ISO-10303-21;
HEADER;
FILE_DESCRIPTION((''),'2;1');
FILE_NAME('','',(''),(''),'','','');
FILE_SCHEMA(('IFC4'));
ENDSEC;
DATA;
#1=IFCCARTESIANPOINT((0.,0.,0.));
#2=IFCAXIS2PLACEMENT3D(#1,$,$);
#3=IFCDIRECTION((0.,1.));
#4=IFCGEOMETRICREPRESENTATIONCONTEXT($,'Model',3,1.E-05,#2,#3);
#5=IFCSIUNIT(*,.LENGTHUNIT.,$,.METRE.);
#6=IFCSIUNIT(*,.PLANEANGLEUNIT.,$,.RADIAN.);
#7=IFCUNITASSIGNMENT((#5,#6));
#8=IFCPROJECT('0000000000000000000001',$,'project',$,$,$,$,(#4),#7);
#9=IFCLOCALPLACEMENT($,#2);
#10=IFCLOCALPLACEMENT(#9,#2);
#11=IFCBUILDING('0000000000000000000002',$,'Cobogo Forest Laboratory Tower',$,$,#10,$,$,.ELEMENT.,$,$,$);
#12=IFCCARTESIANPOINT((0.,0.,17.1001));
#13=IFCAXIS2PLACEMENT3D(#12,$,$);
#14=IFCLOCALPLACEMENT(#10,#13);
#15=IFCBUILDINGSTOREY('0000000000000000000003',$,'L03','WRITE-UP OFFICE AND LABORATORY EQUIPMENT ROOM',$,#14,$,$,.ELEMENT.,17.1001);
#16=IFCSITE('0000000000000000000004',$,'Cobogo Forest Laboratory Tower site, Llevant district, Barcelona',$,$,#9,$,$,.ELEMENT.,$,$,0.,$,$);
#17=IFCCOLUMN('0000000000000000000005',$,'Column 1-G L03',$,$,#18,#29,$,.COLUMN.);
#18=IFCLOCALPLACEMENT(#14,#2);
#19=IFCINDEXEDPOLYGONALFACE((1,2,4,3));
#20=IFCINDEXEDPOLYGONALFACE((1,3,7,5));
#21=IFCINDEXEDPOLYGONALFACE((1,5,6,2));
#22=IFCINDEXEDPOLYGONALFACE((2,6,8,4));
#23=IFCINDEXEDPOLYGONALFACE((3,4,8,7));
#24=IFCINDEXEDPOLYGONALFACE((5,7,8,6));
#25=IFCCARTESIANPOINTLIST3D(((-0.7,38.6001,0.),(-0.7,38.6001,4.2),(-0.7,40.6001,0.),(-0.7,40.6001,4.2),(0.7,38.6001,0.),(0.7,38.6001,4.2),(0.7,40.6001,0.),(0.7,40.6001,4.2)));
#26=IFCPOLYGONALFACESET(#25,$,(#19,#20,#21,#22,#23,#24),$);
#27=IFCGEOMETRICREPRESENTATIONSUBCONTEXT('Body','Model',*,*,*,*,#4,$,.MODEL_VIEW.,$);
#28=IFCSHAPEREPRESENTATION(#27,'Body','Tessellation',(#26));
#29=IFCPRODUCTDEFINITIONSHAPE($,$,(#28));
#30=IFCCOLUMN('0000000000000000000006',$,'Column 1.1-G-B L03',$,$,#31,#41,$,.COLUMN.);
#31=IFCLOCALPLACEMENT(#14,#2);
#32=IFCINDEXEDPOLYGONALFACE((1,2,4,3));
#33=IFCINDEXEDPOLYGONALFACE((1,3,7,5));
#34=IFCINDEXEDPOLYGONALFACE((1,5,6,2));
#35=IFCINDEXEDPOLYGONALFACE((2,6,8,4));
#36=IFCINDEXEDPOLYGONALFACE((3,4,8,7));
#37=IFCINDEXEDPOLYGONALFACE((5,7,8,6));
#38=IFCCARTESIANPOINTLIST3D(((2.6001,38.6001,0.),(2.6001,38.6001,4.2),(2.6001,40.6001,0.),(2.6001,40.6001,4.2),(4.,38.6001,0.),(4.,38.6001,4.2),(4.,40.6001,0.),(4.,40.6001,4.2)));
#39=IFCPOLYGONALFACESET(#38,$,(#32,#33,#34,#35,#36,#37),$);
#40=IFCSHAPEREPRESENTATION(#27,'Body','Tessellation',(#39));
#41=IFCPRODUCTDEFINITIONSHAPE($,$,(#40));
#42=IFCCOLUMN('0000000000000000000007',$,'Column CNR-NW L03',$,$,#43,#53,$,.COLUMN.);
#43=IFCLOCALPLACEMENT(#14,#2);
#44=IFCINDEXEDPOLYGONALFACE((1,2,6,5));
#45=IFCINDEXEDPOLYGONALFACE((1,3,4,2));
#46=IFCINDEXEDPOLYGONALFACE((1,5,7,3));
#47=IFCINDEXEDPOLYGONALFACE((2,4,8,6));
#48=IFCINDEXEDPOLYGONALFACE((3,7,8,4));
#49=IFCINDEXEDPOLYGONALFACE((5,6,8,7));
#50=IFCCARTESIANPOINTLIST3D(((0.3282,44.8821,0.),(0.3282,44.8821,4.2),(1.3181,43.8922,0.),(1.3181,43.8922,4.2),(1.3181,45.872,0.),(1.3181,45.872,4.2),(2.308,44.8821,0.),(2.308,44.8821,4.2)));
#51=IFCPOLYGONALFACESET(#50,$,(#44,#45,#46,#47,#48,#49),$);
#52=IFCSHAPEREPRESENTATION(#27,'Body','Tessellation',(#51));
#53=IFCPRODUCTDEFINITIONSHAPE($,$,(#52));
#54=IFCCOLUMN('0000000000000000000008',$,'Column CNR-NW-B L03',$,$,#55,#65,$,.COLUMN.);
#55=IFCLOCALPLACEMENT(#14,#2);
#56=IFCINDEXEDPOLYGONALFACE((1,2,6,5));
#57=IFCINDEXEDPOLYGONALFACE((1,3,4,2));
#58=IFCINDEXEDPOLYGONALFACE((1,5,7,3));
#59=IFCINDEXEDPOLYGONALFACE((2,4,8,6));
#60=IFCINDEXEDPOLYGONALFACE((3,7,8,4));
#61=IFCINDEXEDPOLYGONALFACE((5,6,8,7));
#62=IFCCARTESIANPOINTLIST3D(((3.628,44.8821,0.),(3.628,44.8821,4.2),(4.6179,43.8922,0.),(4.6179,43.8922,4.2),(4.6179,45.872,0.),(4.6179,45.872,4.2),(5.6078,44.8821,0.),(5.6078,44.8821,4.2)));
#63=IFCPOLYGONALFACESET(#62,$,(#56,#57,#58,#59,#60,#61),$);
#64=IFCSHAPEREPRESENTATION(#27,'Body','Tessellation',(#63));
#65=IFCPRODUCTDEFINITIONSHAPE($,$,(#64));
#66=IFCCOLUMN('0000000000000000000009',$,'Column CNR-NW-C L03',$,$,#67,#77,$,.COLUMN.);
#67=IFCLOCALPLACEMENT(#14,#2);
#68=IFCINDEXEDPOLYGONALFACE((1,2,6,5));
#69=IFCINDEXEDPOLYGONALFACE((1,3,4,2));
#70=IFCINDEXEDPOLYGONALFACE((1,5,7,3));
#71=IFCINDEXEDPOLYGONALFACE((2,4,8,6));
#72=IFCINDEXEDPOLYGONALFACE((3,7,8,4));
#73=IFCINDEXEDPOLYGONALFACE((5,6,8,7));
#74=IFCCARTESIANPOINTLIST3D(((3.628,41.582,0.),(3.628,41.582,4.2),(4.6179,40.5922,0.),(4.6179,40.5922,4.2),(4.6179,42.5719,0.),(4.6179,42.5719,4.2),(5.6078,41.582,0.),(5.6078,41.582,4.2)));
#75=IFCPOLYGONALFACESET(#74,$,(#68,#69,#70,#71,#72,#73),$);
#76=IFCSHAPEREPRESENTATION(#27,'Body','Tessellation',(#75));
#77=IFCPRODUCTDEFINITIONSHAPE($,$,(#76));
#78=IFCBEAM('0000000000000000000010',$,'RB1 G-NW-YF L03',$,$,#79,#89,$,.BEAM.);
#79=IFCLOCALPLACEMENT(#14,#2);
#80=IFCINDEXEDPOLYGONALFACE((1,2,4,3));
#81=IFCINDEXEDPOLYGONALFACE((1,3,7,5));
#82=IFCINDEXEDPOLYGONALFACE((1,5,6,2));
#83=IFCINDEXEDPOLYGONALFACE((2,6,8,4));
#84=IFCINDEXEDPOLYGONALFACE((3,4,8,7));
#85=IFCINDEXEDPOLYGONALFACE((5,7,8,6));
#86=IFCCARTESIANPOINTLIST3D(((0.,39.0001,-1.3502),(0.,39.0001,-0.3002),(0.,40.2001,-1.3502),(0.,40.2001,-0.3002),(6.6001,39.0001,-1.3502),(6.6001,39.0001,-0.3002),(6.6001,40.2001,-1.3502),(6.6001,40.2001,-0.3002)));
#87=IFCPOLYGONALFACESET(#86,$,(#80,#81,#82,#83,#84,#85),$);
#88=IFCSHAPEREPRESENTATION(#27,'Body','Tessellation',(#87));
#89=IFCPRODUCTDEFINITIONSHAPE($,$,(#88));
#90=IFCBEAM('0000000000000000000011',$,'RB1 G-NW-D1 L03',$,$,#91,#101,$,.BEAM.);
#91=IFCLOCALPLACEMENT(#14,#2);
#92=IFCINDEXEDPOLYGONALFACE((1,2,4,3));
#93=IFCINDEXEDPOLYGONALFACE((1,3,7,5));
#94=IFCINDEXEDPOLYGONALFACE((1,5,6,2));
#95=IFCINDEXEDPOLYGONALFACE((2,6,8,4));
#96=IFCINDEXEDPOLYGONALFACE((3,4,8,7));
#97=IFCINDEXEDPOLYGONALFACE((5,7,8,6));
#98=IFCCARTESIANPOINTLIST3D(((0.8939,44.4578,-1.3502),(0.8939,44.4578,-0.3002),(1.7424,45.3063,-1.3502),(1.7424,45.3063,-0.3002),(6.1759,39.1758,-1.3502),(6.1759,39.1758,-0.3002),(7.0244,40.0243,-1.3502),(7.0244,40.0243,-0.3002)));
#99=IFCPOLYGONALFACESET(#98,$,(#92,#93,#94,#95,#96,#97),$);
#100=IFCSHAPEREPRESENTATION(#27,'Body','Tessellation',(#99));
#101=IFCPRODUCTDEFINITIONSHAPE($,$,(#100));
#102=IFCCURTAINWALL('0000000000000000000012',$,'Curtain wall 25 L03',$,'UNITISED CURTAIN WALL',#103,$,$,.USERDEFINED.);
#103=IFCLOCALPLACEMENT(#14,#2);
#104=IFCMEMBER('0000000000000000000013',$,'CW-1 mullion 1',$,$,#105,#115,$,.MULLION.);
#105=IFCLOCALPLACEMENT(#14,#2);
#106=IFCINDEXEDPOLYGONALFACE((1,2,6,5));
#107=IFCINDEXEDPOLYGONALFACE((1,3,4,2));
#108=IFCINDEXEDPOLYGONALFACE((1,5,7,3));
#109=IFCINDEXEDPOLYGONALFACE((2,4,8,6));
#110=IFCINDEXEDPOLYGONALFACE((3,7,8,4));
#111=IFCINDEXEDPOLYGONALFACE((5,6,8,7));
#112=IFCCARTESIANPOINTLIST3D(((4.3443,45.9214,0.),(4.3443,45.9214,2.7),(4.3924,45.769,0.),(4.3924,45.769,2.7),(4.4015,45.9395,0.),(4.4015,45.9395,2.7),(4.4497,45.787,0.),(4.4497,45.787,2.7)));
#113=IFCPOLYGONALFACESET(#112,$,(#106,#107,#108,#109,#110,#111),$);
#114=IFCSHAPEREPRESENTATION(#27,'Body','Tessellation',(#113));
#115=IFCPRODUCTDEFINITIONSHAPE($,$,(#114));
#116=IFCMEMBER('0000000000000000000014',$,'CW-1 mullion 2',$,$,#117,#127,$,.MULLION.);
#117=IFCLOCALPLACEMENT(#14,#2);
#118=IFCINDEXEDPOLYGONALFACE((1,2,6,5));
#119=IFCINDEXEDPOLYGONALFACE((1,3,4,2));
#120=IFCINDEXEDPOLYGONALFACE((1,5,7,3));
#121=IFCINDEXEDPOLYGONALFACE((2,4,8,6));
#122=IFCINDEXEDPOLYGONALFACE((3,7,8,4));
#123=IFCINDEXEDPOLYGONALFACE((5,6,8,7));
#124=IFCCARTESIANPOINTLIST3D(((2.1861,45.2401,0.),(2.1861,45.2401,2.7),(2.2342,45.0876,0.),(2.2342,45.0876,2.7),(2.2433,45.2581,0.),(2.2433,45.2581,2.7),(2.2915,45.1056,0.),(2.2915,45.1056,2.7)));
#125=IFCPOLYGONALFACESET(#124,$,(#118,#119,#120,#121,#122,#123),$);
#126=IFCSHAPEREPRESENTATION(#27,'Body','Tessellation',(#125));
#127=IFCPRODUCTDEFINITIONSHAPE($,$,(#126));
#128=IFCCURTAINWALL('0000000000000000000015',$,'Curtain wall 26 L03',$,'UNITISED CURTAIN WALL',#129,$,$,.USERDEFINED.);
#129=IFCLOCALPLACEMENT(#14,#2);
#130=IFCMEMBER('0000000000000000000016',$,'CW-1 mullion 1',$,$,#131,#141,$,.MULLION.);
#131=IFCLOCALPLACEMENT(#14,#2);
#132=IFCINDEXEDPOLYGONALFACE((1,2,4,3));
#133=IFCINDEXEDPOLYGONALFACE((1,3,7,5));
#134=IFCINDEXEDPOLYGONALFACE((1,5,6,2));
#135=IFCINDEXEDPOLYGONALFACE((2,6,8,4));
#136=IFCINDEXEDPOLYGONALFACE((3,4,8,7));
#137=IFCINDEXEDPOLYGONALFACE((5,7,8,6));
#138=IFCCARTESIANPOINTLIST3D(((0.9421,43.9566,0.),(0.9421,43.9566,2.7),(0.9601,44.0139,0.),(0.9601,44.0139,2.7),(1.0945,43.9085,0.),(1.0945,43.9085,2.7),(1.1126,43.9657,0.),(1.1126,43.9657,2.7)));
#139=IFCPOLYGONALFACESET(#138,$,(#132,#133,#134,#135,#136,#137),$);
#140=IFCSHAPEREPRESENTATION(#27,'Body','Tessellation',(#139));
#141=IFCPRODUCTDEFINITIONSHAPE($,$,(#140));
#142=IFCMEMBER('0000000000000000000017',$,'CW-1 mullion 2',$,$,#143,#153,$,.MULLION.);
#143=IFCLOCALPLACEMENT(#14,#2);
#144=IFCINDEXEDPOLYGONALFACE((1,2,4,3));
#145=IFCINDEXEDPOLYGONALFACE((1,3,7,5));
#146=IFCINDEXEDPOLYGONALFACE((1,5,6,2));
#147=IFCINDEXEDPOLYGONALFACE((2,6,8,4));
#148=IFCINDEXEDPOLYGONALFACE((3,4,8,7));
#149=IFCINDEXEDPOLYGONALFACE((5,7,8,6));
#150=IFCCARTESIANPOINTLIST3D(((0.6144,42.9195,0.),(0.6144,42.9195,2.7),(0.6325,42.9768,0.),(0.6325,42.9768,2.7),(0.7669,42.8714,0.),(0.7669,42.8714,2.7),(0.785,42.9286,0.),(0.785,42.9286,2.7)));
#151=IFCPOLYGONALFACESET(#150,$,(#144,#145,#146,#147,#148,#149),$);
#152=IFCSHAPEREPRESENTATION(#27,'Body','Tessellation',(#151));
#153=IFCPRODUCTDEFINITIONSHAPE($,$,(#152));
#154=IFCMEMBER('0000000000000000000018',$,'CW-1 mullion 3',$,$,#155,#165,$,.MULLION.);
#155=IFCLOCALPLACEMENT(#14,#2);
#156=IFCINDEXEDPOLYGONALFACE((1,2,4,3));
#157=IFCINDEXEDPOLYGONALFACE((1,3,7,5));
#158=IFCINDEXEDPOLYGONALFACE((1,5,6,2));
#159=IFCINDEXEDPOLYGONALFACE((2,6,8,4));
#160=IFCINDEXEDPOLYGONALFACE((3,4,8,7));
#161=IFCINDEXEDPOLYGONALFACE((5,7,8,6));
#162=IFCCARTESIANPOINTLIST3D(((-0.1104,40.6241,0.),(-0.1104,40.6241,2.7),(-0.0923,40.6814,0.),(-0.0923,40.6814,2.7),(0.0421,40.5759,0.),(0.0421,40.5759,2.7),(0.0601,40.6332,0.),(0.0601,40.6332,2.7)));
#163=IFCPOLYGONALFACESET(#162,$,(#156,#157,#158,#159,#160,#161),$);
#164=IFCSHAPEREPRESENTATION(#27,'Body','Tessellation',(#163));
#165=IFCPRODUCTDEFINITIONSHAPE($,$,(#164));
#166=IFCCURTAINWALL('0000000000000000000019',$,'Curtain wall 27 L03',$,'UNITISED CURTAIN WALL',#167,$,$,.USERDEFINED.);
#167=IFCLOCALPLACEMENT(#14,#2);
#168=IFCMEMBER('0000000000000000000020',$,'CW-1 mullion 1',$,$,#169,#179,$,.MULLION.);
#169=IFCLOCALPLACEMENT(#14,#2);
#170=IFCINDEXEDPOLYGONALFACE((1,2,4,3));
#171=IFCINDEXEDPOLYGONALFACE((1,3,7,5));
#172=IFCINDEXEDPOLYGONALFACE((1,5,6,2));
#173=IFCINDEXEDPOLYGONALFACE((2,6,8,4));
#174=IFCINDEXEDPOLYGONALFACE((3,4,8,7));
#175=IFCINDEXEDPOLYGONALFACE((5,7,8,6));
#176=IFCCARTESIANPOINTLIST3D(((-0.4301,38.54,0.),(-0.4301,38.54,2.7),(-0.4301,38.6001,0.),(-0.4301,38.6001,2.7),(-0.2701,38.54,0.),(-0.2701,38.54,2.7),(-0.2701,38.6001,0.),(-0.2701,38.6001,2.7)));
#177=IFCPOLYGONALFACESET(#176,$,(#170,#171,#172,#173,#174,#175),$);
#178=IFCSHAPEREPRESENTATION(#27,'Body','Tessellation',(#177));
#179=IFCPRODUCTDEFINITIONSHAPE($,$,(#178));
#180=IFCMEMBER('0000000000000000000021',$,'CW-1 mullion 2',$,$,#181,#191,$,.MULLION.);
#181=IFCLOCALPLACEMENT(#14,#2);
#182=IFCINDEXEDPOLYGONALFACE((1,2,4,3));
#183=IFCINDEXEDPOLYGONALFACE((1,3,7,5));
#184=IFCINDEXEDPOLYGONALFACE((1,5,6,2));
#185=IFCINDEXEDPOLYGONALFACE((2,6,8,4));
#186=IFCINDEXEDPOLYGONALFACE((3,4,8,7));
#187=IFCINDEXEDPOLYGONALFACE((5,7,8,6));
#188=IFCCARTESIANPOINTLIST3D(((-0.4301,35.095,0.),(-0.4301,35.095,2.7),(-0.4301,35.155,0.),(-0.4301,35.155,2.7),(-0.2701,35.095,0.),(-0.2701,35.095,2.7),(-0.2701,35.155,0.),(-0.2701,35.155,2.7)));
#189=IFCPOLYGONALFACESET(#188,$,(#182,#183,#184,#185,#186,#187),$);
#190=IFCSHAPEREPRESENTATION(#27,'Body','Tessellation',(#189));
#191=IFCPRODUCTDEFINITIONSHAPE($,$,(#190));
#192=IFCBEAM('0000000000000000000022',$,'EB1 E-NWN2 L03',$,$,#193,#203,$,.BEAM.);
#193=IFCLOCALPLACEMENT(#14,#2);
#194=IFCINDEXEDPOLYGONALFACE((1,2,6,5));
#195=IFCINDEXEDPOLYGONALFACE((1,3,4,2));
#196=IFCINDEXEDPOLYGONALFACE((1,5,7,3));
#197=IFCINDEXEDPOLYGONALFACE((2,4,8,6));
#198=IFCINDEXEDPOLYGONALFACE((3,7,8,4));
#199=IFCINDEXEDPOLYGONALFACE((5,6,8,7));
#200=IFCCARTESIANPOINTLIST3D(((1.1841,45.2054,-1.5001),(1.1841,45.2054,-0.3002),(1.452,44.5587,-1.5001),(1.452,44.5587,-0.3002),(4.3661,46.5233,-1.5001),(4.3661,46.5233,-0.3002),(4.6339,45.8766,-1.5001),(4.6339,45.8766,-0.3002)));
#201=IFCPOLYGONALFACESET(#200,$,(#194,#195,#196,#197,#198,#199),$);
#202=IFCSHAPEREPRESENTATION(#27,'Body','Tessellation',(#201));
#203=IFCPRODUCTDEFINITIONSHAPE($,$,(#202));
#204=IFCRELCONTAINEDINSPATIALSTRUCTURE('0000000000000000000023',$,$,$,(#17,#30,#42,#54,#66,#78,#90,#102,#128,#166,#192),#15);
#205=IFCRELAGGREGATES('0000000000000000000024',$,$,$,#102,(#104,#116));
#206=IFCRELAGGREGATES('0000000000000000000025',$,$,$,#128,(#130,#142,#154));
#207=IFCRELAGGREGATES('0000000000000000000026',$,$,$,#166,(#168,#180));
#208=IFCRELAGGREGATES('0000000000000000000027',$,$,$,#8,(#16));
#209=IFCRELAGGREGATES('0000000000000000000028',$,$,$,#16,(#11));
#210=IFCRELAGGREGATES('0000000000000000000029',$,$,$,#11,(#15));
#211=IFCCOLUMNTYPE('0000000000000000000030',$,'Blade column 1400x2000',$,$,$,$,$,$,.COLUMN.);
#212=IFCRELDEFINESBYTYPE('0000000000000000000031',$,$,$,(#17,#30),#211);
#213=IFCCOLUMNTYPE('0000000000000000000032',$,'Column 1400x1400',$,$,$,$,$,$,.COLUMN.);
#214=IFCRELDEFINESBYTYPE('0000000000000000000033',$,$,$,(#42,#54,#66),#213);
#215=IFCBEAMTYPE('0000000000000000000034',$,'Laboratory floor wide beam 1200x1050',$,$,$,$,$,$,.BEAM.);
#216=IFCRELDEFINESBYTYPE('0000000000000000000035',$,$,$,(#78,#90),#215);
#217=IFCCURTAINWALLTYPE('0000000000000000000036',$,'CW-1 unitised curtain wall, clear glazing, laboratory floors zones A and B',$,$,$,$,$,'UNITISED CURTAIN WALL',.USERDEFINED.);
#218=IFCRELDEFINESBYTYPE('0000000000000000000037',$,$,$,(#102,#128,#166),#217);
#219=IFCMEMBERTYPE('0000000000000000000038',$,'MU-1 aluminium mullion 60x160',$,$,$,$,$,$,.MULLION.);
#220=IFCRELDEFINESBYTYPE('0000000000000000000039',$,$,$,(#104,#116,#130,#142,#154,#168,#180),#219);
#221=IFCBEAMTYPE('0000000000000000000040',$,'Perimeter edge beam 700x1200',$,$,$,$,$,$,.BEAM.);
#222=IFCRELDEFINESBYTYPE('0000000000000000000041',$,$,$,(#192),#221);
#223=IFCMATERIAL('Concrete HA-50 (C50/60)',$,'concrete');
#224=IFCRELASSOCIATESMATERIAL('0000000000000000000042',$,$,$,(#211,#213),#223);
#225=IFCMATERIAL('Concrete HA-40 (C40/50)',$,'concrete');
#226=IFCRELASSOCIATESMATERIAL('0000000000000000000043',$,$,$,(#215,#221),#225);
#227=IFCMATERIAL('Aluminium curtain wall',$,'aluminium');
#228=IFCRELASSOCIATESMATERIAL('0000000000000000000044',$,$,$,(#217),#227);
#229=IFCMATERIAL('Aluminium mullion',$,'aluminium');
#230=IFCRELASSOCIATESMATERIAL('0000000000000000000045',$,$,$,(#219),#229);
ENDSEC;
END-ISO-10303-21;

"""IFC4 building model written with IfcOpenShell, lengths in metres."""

from ifc_helpers import new_model, si_unit, direction, frame, origin, origin_2d, place, context, subcontext, project, spatial, rectangle, extrude, material, material_profile, profile_set, type_object, element, aggregate, save


model = new_model("IFC4")

# Units and contexts
model_context = context("Model", 3, precision=1e-05, world=origin(), true_north=direction((0.0, 1.0)))
body_context = subcontext(model_context, "Body", "Model", "MODEL_VIEW")
ifc_project = project(units=[si_unit("LENGTHUNIT", "METRE"), si_unit("PLANEANGLEUNIT", "RADIAN")], contexts=[model_context])

# Site, building, storey
site_placement = place(None, origin())
site = spatial("IfcSite", under=ifc_project, at=site_placement, Name="Cobogo Forest Laboratory Tower site, Llevant district, Barcelona", CompositionType="ELEMENT", RefElevation=0.0)
building_placement = place(site_placement, origin())
building = spatial("IfcBuilding", under=site, at=building_placement, Name="Cobogo Forest Laboratory Tower", CompositionType="ELEMENT")
storey_placement = place(building_placement, frame((0.0, 0.0, 17.1001)))
storey = spatial("IfcBuildingStorey", under=building, at=storey_placement, Name="L03", Description="WRITE-UP OFFICE AND LABORATORY EQUIPMENT ROOM", CompositionType="ELEMENT", Elevation=17.1001)

# Columns
ifc_material_1 = material(Name="Concrete HA-50 (C50/60)", Category="concrete")
ifc_material_profile_1 = material_profile(ifc_material_1, rectangle(XDim=2.0, YDim=1.3999, at=origin_2d()), Name="RC 1400x2000")
ifc_profile_set_1 = profile_set([ifc_material_profile_1], Name="Concrete HA-50 (C50/60)")
column_type_1 = type_object("IfcColumnType", Name="Blade column 1400x2000", PredefinedType="COLUMN", material=ifc_profile_set_1)
for number, where, z_axis, x_axis, name in (
    (1, (0.0, 39.6001, 0.0), (0.0, 0.0, 1.0), (0.0, 1.0, 0.0), "Column 1-G L03"),
    (2, (3.3, 39.6001, 0.0), (0.0, 0.0, 1.0), (0.0, 1.0, 0.0), "Column 1.1-G-B L03"),
):
    element("IfcColumn", number, at=place(storey_placement, frame(where, z_axis=z_axis, x_axis=x_axis)), inside=storey, type_object=column_type_1, Name=name, PredefinedType="COLUMN", context=body_context, shape_type="SweptSolid", body=[
        extrude(rectangle(XDim=2.0, YDim=1.3999, at=origin_2d()), origin(), (0.0, 0.0, 1.0), 4.2),
    ])
ifc_material_profile_2 = material_profile(ifc_material_1, rectangle(XDim=1.3999, YDim=1.3999, at=origin_2d()), Name="RC 1400x1400")
ifc_profile_set_2 = profile_set([ifc_material_profile_2], Name="Concrete HA-50 (C50/60)")
column_type_2 = type_object("IfcColumnType", Name="Column 1400x1400", PredefinedType="COLUMN", material=ifc_profile_set_2)
for number, where, z_axis, x_axis, name in (
    (3, (1.3181, 44.8821, 0.0), (0.0, 0.0, 1.0), (0.707107, 0.707107, 0.0), "Column CNR-NW L03"),
    (4, (4.6179, 44.8821, 0.0), (0.0, 0.0, 1.0), (0.707107, 0.707107, 0.0), "Column CNR-NW-B L03"),
    (5, (4.6179, 41.582, 0.0), (0.0, 0.0, 1.0), (0.707107, 0.707107, 0.0), "Column CNR-NW-C L03"),
):
    element("IfcColumn", number, at=place(storey_placement, frame(where, z_axis=z_axis, x_axis=x_axis)), inside=storey, type_object=column_type_2, Name=name, PredefinedType="COLUMN", context=body_context, shape_type="SweptSolid", body=[
        extrude(rectangle(XDim=1.3999, YDim=1.3999, at=origin_2d()), origin(), (0.0, 0.0, 1.0), 4.2),
    ])

# Beams
ifc_material_2 = material(Name="Concrete HA-40 (C40/50)", Category="concrete")
ifc_material_profile_3 = material_profile(ifc_material_2, rectangle(XDim=1.2, YDim=1.05, at=origin_2d()), Name="RC 1200x1050")
ifc_profile_set_3 = profile_set([ifc_material_profile_3], Name="Concrete HA-40 (C40/50)")
beam_type_1 = type_object("IfcBeamType", Name="Laboratory floor wide beam 1200x1050", PredefinedType="BEAM", material=ifc_profile_set_3)
beam_1_placement = place(storey_placement, frame((0.0, 39.6001, -0.8252), z_axis=(1.0, 0.0, 0.0), x_axis=(0.0, 1.0, 0.0)))
element("IfcBeam", 6, at=beam_1_placement, inside=storey, type_object=beam_type_1, Name="RB1 G-NW-YF L03", PredefinedType="BEAM", context=body_context, shape_type="SweptSolid", body=[
    extrude(rectangle(XDim=1.2, YDim=1.05, at=origin_2d()), origin(), (0.0, 0.0, 1.0), 6.6001),
])
beam_2_placement = place(storey_placement, frame((1.3181, 44.8821, -0.8252), z_axis=(0.707107, -0.707107, 0.0), x_axis=(0.707107, 0.707107, 0.0)))
element("IfcBeam", 7, at=beam_2_placement, inside=storey, type_object=beam_type_1, Name="RB1 G-NW-D1 L03", PredefinedType="BEAM", context=body_context, shape_type="SweptSolid", body=[
    extrude(rectangle(XDim=1.2, YDim=1.05, at=origin_2d()), origin(), (0.0, 0.0, 1.0), 7.47),
])

# Curtain walls, members
ifc_material_3 = material(Name="Aluminium curtain wall", Category="aluminium")
curtain_wall_type = type_object("IfcCurtainWallType", Name="CW-1 unitised curtain wall, clear glazing, laboratory floors zones A and B", ElementType="UNITISED CURTAIN WALL", PredefinedType="USERDEFINED", material=ifc_material_3)
curtain_wall_1_placement = place(storey_placement, origin())
curtain_wall_1 = element("IfcCurtainWall", 8, at=curtain_wall_1_placement, inside=storey, type_object=curtain_wall_type, Name="Curtain wall 25 L03", ObjectType="UNITISED CURTAIN WALL", PredefinedType="USERDEFINED")
ifc_material_4 = material(Name="Aluminium mullion", Category="aluminium")
ifc_material_profile_4 = material_profile(ifc_material_4, rectangle(XDim=0.0601, YDim=0.1599, at=origin_2d()), Name="AL 60x160")
ifc_profile_set_4 = profile_set([ifc_material_profile_4], Name="Aluminium mullion")
member_type_1 = type_object("IfcMemberType", Name="MU-1 aluminium mullion 60x160", PredefinedType="MULLION", material=ifc_profile_set_4)
member_1_placement = place(storey_placement, frame((4.397, 45.8542, 0.0), z_axis=(0.0, 0.0, 1.0), x_axis=(-0.953581, -0.301135, 0.0)))
member_1 = element("IfcMember", 9, at=member_1_placement, type_object=member_type_1, Name="CW-1 mullion 1", PredefinedType="MULLION", context=body_context, shape_type="SweptSolid", body=[
    extrude(rectangle(XDim=0.0601, YDim=0.1599, at=origin_2d()), origin(), (0.0, 0.0, 1.0), 2.7),
])
member_2_placement = place(storey_placement, frame((2.2388, 45.1729, 0.0), z_axis=(0.0, 0.0, 1.0), x_axis=(-0.953581, -0.301135, 0.0)))
member_2 = element("IfcMember", 10, at=member_2_placement, type_object=member_type_1, Name="CW-1 mullion 2", PredefinedType="MULLION", context=body_context, shape_type="SweptSolid", body=[
    extrude(rectangle(XDim=0.0601, YDim=0.1599, at=origin_2d()), origin(), (0.0, 0.0, 1.0), 2.7),
])
curtain_wall_2_placement = place(storey_placement, origin())
curtain_wall_2 = element("IfcCurtainWall", 11, at=curtain_wall_2_placement, inside=storey, type_object=curtain_wall_type, Name="Curtain wall 26 L03", ObjectType="UNITISED CURTAIN WALL", PredefinedType="USERDEFINED")
member_3_placement = place(storey_placement, frame((1.0273, 43.9612, 0.0), z_axis=(0.0, 0.0, 1.0), x_axis=(-0.301135, -0.953581, 0.0)))
member_3 = element("IfcMember", 12, at=member_3_placement, type_object=member_type_1, Name="CW-1 mullion 1", PredefinedType="MULLION", context=body_context, shape_type="SweptSolid", body=[
    extrude(rectangle(XDim=0.0601, YDim=0.1599, at=origin_2d()), origin(), (0.0, 0.0, 1.0), 2.7),
])
member_4_placement = place(storey_placement, frame((0.6997, 42.9241, 0.0), z_axis=(0.0, 0.0, 1.0), x_axis=(-0.301135, -0.953581, 0.0)))
member_4 = element("IfcMember", 13, at=member_4_placement, type_object=member_type_1, Name="CW-1 mullion 2", PredefinedType="MULLION", context=body_context, shape_type="SweptSolid", body=[
    extrude(rectangle(XDim=0.0601, YDim=0.1599, at=origin_2d()), origin(), (0.0, 0.0, 1.0), 2.7),
])
member_5_placement = place(storey_placement, frame((-0.0251, 40.6287, 0.0), z_axis=(0.0, 0.0, 1.0), x_axis=(-0.301135, -0.953581, 0.0)))
member_5 = element("IfcMember", 14, at=member_5_placement, type_object=member_type_1, Name="CW-1 mullion 3", PredefinedType="MULLION", context=body_context, shape_type="SweptSolid", body=[
    extrude(rectangle(XDim=0.0601, YDim=0.1599, at=origin_2d()), origin(), (0.0, 0.0, 1.0), 2.7),
])
curtain_wall_3_placement = place(storey_placement, origin())
curtain_wall_3 = element("IfcCurtainWall", 15, at=curtain_wall_3_placement, inside=storey, type_object=curtain_wall_type, Name="Curtain wall 27 L03", ObjectType="UNITISED CURTAIN WALL", PredefinedType="USERDEFINED")
member_6_placement = place(storey_placement, frame((-0.3501, 38.5701, 0.0), z_axis=(0.0, 0.0, 1.0), x_axis=(0.0, -1.0, 0.0)))
member_6 = element("IfcMember", 16, at=member_6_placement, type_object=member_type_1, Name="CW-1 mullion 1", PredefinedType="MULLION", context=body_context, shape_type="SweptSolid", body=[
    extrude(rectangle(XDim=0.0601, YDim=0.1599, at=origin_2d()), origin(), (0.0, 0.0, 1.0), 2.7),
])
member_7_placement = place(storey_placement, frame((-0.3501, 35.125, 0.0), z_axis=(0.0, 0.0, 1.0), x_axis=(0.0, -1.0, 0.0)))
member_7 = element("IfcMember", 17, at=member_7_placement, type_object=member_type_1, Name="CW-1 mullion 2", PredefinedType="MULLION", context=body_context, shape_type="SweptSolid", body=[
    extrude(rectangle(XDim=0.0601, YDim=0.1599, at=origin_2d()), origin(), (0.0, 0.0, 1.0), 2.7),
])

# Beam
ifc_material_profile_5 = material_profile(ifc_material_2, rectangle(XDim=0.7, YDim=1.2, at=origin_2d()), Name="RC 700x1200")
ifc_profile_set_5 = profile_set([ifc_material_profile_5], Name="Concrete HA-40 (C40/50)")
beam_type_2 = type_object("IfcBeamType", Name="Perimeter edge beam 700x1200", PredefinedType="BEAM", material=ifc_profile_set_5)
beam_3_placement = place(storey_placement, frame((4.5, 46.2, -0.9001), z_axis=(-0.923891, -0.382656, 0.0), x_axis=(0.382656, -0.923891, 0.0)))
element("IfcBeam", 18, at=beam_3_placement, inside=storey, type_object=beam_type_2, Name="EB1 E-NWN2 L03", PredefinedType="BEAM", context=body_context, shape_type="SweptSolid", body=[
    extrude(rectangle(XDim=0.7, YDim=1.2, at=origin_2d()), origin(), (0.0, 0.0, 1.0), 3.4441),
])

aggregate(curtain_wall_1, [member_1, member_2])
aggregate(curtain_wall_2, [member_3, member_4, member_5])
aggregate(curtain_wall_3, [member_6, member_7])

save(model, "model.ifc")
